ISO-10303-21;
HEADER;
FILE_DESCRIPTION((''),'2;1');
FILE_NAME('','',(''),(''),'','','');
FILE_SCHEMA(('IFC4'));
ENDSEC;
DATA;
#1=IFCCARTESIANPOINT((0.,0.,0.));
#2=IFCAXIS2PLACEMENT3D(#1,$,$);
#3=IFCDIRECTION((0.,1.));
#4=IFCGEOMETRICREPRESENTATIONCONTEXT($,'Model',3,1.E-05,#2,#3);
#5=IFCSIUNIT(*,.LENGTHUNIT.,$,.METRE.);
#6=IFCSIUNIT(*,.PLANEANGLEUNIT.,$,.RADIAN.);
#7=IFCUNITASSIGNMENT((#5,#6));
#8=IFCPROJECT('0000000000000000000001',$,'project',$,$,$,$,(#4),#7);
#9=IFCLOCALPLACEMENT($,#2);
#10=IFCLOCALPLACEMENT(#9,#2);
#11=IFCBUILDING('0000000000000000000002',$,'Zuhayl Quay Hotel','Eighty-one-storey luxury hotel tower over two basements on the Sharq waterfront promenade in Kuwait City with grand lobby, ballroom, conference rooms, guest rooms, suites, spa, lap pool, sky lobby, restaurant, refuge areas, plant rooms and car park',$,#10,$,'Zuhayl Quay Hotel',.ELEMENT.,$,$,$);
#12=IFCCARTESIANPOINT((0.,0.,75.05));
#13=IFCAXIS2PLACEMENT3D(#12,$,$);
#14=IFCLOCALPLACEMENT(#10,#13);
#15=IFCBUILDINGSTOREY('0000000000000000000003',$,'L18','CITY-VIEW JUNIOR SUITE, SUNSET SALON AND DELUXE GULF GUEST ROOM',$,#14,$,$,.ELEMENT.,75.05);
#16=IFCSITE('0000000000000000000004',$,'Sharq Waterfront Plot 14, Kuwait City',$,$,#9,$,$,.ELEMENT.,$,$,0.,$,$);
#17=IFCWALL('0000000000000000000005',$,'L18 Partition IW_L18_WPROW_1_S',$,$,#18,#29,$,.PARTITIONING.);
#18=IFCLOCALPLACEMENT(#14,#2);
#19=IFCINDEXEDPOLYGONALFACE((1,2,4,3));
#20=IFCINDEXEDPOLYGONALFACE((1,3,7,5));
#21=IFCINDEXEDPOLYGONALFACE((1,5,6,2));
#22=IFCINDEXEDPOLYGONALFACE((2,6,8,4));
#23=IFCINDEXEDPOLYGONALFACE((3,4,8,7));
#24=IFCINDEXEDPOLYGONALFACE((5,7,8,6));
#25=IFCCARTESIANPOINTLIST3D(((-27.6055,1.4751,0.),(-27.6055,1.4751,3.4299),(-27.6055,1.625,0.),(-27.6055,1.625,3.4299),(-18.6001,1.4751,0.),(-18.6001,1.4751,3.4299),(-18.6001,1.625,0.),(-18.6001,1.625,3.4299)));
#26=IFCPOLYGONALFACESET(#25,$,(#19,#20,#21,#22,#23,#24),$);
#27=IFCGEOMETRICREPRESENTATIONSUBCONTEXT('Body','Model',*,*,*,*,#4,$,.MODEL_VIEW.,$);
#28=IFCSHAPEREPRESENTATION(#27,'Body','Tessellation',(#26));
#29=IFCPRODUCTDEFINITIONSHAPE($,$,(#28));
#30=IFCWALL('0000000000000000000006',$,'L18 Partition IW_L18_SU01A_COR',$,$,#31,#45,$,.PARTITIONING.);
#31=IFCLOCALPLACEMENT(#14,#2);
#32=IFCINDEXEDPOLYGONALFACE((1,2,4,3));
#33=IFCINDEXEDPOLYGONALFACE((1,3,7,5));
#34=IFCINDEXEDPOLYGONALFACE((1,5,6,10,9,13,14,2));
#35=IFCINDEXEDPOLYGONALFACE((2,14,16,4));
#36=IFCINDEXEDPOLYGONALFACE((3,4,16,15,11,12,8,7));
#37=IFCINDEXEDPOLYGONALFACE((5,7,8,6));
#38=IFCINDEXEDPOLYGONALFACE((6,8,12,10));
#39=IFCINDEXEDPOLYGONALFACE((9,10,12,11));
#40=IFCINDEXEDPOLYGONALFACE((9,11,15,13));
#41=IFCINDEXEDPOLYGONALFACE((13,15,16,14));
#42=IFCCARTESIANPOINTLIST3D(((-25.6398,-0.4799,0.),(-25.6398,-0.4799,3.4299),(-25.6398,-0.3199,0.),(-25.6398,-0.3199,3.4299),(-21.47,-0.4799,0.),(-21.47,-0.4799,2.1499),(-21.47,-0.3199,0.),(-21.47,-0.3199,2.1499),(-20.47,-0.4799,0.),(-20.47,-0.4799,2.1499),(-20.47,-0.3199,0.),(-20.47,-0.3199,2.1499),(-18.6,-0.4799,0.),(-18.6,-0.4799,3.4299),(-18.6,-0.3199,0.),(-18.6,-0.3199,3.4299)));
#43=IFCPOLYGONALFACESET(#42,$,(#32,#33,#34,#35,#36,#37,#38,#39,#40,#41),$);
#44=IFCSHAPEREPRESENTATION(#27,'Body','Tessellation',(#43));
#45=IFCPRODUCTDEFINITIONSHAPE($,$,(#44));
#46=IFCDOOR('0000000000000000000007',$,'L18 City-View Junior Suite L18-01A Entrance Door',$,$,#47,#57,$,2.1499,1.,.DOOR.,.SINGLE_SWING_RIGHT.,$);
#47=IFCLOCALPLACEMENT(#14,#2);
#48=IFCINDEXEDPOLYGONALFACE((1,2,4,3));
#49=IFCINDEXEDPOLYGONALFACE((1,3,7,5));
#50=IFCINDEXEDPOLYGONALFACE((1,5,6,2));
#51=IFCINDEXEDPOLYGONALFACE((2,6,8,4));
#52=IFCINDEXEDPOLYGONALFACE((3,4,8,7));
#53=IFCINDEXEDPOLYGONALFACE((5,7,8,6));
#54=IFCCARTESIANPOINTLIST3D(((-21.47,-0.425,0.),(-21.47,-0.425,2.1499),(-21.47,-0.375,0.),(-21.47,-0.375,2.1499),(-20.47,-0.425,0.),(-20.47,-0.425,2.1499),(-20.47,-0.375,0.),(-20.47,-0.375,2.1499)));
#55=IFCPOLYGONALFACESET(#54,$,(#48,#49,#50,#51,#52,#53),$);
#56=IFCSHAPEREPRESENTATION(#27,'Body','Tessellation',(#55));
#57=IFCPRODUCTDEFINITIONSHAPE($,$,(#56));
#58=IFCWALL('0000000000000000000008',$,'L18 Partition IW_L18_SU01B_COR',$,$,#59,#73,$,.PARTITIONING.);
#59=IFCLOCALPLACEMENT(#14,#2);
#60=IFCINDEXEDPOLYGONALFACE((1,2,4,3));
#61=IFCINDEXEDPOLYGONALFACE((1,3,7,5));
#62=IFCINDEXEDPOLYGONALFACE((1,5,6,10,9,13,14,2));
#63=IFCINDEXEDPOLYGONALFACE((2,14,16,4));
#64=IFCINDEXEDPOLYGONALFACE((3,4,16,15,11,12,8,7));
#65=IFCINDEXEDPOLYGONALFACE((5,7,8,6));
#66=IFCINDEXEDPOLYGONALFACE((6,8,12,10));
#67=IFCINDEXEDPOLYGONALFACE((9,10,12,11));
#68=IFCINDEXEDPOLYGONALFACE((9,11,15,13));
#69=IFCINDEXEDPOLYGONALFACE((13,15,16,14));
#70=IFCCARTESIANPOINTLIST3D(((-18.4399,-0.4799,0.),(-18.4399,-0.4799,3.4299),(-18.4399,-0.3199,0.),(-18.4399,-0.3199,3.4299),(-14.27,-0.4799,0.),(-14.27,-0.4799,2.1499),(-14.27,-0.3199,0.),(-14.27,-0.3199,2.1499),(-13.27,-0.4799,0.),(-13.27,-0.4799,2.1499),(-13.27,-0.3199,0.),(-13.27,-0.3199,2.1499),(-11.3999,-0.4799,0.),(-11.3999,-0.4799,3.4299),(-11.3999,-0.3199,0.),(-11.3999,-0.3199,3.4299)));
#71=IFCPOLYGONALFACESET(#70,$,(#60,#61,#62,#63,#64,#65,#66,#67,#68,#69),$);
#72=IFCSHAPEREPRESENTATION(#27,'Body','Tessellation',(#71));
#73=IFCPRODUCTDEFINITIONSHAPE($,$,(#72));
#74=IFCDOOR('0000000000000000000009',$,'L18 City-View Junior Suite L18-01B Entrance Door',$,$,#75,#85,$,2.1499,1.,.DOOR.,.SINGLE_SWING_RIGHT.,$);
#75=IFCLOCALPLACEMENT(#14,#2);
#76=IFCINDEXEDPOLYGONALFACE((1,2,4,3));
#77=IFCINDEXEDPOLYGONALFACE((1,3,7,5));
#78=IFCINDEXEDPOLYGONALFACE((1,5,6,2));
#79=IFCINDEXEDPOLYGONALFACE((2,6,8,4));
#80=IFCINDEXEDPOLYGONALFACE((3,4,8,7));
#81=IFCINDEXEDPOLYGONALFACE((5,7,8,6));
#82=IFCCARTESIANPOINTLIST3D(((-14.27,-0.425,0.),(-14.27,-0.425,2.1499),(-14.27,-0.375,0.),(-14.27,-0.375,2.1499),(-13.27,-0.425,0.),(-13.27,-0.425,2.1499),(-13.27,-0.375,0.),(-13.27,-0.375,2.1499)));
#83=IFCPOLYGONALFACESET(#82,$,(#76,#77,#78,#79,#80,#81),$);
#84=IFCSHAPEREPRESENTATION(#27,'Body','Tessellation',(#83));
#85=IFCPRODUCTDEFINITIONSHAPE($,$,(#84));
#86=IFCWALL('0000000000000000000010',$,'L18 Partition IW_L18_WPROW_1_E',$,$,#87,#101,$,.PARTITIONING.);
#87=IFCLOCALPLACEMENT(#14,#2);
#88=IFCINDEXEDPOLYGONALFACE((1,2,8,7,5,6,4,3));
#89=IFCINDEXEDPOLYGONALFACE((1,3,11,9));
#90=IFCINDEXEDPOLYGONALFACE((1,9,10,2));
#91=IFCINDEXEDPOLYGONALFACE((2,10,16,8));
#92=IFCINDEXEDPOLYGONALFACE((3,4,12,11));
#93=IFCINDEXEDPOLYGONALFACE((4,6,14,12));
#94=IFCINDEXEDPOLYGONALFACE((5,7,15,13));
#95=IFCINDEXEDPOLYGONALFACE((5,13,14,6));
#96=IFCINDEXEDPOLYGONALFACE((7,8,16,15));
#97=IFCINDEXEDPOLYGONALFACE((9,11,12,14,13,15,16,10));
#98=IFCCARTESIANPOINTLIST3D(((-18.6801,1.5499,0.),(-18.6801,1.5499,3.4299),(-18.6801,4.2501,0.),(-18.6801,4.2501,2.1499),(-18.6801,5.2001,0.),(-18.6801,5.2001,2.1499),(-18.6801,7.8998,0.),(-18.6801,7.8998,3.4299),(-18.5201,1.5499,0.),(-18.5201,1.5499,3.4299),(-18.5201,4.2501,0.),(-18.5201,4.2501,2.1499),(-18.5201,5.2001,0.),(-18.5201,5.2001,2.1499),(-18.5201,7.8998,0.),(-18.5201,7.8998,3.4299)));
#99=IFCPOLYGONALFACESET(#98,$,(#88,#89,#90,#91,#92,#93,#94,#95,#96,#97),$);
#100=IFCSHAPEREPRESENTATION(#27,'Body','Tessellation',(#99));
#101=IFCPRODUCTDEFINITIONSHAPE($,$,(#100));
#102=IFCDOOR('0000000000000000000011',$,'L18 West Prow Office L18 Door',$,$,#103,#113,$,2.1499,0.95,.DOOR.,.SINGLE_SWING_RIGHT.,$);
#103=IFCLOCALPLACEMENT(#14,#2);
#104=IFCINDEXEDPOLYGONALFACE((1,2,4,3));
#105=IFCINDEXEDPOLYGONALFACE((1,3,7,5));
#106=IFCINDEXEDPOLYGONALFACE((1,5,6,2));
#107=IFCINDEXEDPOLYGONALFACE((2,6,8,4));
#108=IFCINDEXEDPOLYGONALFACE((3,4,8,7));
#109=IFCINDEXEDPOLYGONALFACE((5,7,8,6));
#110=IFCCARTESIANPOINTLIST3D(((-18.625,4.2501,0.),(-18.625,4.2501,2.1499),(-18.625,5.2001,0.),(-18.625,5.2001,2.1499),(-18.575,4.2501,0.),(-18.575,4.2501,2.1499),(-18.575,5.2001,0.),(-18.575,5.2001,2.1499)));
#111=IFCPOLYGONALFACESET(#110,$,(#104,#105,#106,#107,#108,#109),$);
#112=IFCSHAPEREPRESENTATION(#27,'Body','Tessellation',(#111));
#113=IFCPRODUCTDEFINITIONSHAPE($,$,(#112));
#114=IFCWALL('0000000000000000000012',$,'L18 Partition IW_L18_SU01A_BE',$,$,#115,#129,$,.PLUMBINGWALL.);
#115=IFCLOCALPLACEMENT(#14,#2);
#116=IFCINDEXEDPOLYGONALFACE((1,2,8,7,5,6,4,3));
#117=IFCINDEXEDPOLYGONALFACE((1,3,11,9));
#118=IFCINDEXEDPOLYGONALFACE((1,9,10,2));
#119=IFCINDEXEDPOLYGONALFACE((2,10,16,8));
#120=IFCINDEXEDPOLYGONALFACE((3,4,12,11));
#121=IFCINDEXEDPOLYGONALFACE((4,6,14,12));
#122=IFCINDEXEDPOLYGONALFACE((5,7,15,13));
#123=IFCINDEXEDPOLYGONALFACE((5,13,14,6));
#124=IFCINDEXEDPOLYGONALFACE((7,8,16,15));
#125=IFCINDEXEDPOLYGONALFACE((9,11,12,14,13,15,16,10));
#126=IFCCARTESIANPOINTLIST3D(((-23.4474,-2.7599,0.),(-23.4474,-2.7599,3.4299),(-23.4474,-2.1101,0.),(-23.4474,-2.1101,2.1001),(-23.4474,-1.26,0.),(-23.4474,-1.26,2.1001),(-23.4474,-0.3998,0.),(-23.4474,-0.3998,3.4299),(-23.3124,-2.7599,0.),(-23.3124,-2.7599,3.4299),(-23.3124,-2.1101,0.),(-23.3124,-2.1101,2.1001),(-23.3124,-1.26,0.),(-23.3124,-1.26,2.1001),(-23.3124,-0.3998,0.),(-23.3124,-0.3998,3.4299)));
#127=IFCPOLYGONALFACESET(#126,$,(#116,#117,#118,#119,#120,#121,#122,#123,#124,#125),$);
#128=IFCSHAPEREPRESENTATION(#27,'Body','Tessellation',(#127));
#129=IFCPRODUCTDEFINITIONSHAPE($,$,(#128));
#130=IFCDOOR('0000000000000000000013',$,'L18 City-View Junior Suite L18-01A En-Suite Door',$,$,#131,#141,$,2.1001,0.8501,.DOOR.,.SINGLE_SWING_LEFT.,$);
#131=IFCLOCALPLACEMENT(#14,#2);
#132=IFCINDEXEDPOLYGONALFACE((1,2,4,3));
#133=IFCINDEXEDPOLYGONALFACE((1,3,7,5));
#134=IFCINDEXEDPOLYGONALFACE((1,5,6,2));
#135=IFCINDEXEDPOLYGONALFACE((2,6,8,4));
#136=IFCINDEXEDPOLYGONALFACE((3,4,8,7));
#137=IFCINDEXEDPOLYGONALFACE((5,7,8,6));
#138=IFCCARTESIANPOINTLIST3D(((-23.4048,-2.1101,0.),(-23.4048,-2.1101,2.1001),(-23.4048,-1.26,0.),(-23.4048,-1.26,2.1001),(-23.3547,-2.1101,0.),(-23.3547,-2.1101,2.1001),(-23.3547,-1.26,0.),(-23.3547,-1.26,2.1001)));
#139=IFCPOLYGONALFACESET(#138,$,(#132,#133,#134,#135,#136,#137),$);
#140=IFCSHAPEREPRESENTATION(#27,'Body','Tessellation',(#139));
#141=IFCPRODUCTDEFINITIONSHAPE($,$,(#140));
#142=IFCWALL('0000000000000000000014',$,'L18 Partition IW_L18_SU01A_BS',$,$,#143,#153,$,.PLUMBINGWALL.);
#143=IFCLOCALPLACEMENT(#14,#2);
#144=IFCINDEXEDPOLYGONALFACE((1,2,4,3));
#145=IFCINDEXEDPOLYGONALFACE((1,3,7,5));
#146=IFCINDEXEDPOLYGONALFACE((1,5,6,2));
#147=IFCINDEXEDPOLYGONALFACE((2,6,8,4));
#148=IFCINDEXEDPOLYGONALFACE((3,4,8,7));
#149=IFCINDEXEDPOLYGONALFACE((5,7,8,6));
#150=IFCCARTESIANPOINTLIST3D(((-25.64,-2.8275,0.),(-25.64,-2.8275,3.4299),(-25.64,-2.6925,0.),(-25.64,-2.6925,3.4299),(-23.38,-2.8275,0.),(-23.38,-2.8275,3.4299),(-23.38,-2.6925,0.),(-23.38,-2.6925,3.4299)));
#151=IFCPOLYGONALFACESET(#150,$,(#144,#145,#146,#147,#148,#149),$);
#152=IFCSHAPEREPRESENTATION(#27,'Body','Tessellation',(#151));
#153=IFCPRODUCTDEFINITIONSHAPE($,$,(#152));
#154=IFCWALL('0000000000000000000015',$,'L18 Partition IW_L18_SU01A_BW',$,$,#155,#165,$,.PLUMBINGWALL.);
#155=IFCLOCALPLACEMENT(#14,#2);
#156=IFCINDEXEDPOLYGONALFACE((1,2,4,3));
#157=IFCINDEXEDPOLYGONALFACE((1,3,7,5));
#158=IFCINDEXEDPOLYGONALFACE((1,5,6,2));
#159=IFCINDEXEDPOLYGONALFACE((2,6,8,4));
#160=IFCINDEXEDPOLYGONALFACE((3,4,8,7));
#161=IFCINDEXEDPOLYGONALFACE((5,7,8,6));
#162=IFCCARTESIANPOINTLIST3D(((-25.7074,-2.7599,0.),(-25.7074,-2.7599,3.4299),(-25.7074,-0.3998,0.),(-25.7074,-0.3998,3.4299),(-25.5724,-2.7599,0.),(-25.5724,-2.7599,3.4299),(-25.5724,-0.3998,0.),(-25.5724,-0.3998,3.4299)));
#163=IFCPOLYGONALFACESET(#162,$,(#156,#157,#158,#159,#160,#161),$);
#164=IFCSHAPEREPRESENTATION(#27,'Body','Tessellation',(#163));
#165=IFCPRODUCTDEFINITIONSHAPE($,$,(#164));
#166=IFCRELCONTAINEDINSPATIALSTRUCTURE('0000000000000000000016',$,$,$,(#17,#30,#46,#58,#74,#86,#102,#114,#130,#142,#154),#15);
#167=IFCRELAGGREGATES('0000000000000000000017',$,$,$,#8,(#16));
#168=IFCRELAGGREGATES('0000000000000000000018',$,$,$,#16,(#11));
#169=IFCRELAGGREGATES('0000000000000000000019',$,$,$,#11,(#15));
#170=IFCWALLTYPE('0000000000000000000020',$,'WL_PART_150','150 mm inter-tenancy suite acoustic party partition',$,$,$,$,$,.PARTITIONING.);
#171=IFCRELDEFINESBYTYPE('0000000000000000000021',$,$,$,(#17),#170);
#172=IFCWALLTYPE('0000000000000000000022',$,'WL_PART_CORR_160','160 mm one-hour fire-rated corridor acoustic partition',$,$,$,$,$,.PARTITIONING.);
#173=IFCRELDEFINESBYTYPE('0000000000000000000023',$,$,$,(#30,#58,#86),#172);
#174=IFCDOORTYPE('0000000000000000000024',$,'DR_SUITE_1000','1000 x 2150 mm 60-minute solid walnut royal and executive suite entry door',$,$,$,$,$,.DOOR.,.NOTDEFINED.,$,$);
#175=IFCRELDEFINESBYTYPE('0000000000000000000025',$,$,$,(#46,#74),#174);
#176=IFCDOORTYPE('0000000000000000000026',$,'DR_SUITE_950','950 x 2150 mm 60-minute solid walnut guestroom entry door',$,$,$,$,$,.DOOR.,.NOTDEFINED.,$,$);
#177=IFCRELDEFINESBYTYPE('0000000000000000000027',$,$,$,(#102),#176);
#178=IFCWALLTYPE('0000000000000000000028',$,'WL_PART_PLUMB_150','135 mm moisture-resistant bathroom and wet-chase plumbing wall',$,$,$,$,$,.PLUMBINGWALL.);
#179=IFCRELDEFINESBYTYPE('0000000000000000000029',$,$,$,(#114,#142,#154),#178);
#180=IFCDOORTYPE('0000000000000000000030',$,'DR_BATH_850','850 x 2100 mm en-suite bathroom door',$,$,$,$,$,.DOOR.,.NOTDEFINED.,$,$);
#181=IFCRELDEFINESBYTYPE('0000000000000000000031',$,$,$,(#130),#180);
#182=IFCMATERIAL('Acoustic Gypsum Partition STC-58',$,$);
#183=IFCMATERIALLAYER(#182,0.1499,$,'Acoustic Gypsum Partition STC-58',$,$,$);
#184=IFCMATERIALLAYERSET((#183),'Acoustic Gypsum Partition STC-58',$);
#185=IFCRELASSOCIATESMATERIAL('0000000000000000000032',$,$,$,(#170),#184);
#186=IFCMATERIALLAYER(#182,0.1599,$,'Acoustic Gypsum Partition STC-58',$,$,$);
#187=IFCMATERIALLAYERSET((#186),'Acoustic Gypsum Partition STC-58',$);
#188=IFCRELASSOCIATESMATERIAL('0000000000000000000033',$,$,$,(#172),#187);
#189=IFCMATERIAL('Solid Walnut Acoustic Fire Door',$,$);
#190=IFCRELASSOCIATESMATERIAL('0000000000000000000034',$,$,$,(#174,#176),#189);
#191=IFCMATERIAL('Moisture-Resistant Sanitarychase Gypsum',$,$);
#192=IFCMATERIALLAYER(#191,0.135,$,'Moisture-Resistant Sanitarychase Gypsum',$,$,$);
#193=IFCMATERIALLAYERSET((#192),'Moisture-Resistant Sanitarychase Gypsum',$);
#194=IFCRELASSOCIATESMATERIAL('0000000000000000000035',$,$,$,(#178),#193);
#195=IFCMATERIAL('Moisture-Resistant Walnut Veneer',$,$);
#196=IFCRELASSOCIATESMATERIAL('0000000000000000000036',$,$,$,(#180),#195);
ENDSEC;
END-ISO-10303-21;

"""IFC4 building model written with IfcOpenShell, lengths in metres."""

from ifc_helpers import new_model, si_unit, direction, frame, frame_2d, origin, place, context, subcontext, project, spatial, rectangle, extrude, material, layer, layer_set, type_object, element, fill, save


model = new_model("IFC4")

# Units and contexts
model_context = context("Model", 3, precision=1e-05, world=origin(), true_north=direction((0.0, 1.0)))
body_context = subcontext(model_context, "Body", "Model", "MODEL_VIEW")
ifc_project = project(units=[si_unit("LENGTHUNIT", "METRE"), si_unit("PLANEANGLEUNIT", "RADIAN")], contexts=[model_context])

# Site, building, storey
site_placement = place(None, origin())
site = spatial("IfcSite", under=ifc_project, at=site_placement, Name="Sharq Waterfront Plot 14, Kuwait City", CompositionType="ELEMENT", RefElevation=0.0)
building_placement = place(site_placement, origin())
building = spatial("IfcBuilding", under=site, at=building_placement, Name="Zuhayl Quay Hotel", Description="Eighty-one-storey luxury hotel tower over two basements on the Sharq waterfront promenade in Kuwait City with grand lobby, ballroom, conference rooms, guest rooms, suites, spa, lap pool, sky lobby, restaurant, refuge areas, plant rooms and car park", LongName="Zuhayl Quay Hotel", CompositionType="ELEMENT")
storey_placement = place(building_placement, frame((0.0, 0.0, 75.05)))
storey = spatial("IfcBuildingStorey", under=building, at=storey_placement, Name="L18", Description="CITY-VIEW JUNIOR SUITE, SUNSET SALON AND DELUXE GULF GUEST ROOM", CompositionType="ELEMENT", Elevation=75.05)

# Wall
ifc_material_1 = material(Name="Acoustic Gypsum Partition STC-58")
ifc_layer_1 = layer(ifc_material_1, 0.1499, Name="Acoustic Gypsum Partition STC-58")
ifc_layer_set_1 = layer_set([ifc_layer_1], Name="Acoustic Gypsum Partition STC-58")
wall_type_1 = type_object("IfcWallType", Name="WL_PART_150", Description="150 mm inter-tenancy suite acoustic party partition", PredefinedType="PARTITIONING", material=ifc_layer_set_1)
wall_1_placement = place(storey_placement, frame((-27.6055, 1.55, 0.0), z_axis=(0.0, 0.0, 1.0), x_axis=(1.0, 0.0, 0.0)))
element("IfcWall", 1, at=wall_1_placement, inside=storey, type_object=wall_type_1, Name="L18 Partition IW_L18_WPROW_1_S", PredefinedType="PARTITIONING", context=body_context, shape_type="SweptSolid", body=[
    extrude(rectangle(XDim=9.0054, YDim=0.1499, at=frame_2d((4.5027, 0.0))), origin(), (0.0, 0.0, 1.0), 3.4299),
])

# Walls, openings, doors
ifc_layer_2 = layer(ifc_material_1, 0.1599, Name="Acoustic Gypsum Partition STC-58")
ifc_layer_set_2 = layer_set([ifc_layer_2], Name="Acoustic Gypsum Partition STC-58")
wall_type_2 = type_object("IfcWallType", Name="WL_PART_CORR_160", Description="160 mm one-hour fire-rated corridor acoustic partition", PredefinedType="PARTITIONING", material=ifc_layer_set_2)
wall_2_placement = place(storey_placement, frame((-25.6399, -0.3999, 0.0), z_axis=(0.0, 0.0, 1.0), x_axis=(1.0, 0.0, 0.0)))
wall_2 = element("IfcWall", 2, at=wall_2_placement, inside=storey, type_object=wall_type_2, Name="L18 Partition IW_L18_SU01A_COR", PredefinedType="PARTITIONING", context=body_context, shape_type="SweptSolid", body=[
    extrude(rectangle(XDim=7.0398, YDim=0.1599, at=frame_2d((3.52, 0.0))), origin(), (0.0, 0.0, 1.0), 3.4299),
])
opening_1_placement = place(wall_2_placement, frame((4.1699, 0.0, 0.0)))
opening_1 = element("IfcOpeningElement", 3, at=opening_1_placement, cuts=wall_2, PredefinedType="OPENING", context=body_context, shape_type="SweptSolid", body=[
    extrude(rectangle(XDim=1.0, YDim=2.1499, at=frame_2d((0.5, 1.075))), frame((0.0, 0.0898, 0.0), z_axis=(0.0, -1.0, 0.0), x_axis=(1.0, 0.0, 0.0)), (0.0, 0.0, 1.0), 0.1799),
])
ifc_material_2 = material(Name="Solid Walnut Acoustic Fire Door")
door_type_1 = type_object("IfcDoorType", Name="DR_SUITE_1000", Description="1000 x 2150 mm 60-minute solid walnut royal and executive suite entry door", OperationType="NOTDEFINED", PredefinedType="DOOR", material=ifc_material_2)
door_1_placement = place(opening_1_placement, origin())
door_1 = element("IfcDoor", 4, at=door_1_placement, inside=storey, type_object=door_type_1, Name="L18 City-View Junior Suite L18-01A Entrance Door", OperationType="SINGLE_SWING_RIGHT", OverallHeight=2.1499, OverallWidth=1.0, PredefinedType="DOOR", context=body_context, shape_type="SweptSolid", body=[
    extrude(rectangle(XDim=1.0, YDim=2.1499, at=frame_2d((0.5, 1.075))), frame((0.0, 0.0249, 0.0), z_axis=(0.0, -1.0, 0.0), x_axis=(1.0, 0.0, 0.0)), (0.0, 0.0, 1.0), 0.05),
])
fill(opening_1, door_1)
wall_3_placement = place(storey_placement, frame((-18.4399, -0.3999, 0.0), z_axis=(0.0, 0.0, 1.0), x_axis=(1.0, 0.0, 0.0)))
wall_3 = element("IfcWall", 5, at=wall_3_placement, inside=storey, type_object=wall_type_2, Name="L18 Partition IW_L18_SU01B_COR", PredefinedType="PARTITIONING", context=body_context, shape_type="SweptSolid", body=[
    extrude(rectangle(XDim=7.04, YDim=0.1599, at=frame_2d((3.52, 0.0))), origin(), (0.0, 0.0, 1.0), 3.4299),
])
opening_2_placement = place(wall_3_placement, frame((4.1699, 0.0, 0.0)))
opening_2 = element("IfcOpeningElement", 6, at=opening_2_placement, cuts=wall_3, PredefinedType="OPENING", context=body_context, shape_type="SweptSolid", body=[
    extrude(rectangle(XDim=1.0, YDim=2.1499, at=frame_2d((0.5, 1.075))), frame((0.0, 0.0898, 0.0), z_axis=(0.0, -1.0, 0.0), x_axis=(1.0, 0.0, 0.0)), (0.0, 0.0, 1.0), 0.1799),
])
door_2_placement = place(opening_2_placement, origin())
door_2 = element("IfcDoor", 7, at=door_2_placement, inside=storey, type_object=door_type_1, Name="L18 City-View Junior Suite L18-01B Entrance Door", OperationType="SINGLE_SWING_RIGHT", OverallHeight=2.1499, OverallWidth=1.0, PredefinedType="DOOR", context=body_context, shape_type="SweptSolid", body=[
    extrude(rectangle(XDim=1.0, YDim=2.1499, at=frame_2d((0.5, 1.075))), frame((0.0, 0.0249, 0.0), z_axis=(0.0, -1.0, 0.0), x_axis=(1.0, 0.0, 0.0)), (0.0, 0.0, 1.0), 0.05),
])
fill(opening_2, door_2)
wall_4_placement = place(storey_placement, frame((-18.6001, 1.55, 0.0), z_axis=(0.0, 0.0, 1.0), x_axis=(0.0, 1.0, 0.0)))
wall_4 = element("IfcWall", 8, at=wall_4_placement, inside=storey, type_object=wall_type_2, Name="L18 Partition IW_L18_WPROW_1_E", PredefinedType="PARTITIONING", context=body_context, shape_type="SweptSolid", body=[
    extrude(rectangle(XDim=6.3499, YDim=0.1599, at=frame_2d((3.1748, 0.0))), origin(), (0.0, 0.0, 1.0), 3.4299),
])
opening_3_placement = place(wall_4_placement, frame((2.7, 0.0, 0.0)))
opening_3 = element("IfcOpeningElement", 9, at=opening_3_placement, cuts=wall_4, PredefinedType="OPENING", context=body_context, shape_type="SweptSolid", body=[
    extrude(rectangle(XDim=0.95, YDim=2.1499, at=frame_2d((0.4751, 1.075))), frame((0.0, 0.0898, 0.0), z_axis=(0.0, -1.0, 0.0), x_axis=(1.0, 0.0, 0.0)), (0.0, 0.0, 1.0), 0.1799),
])
door_type_2 = type_object("IfcDoorType", Name="DR_SUITE_950", Description="950 x 2150 mm 60-minute solid walnut guestroom entry door", OperationType="NOTDEFINED", PredefinedType="DOOR", material=ifc_material_2)
door_3_placement = place(opening_3_placement, origin())
door_3 = element("IfcDoor", 10, at=door_3_placement, inside=storey, type_object=door_type_2, Name="L18 West Prow Office L18 Door", OperationType="SINGLE_SWING_RIGHT", OverallHeight=2.1499, OverallWidth=0.95, PredefinedType="DOOR", context=body_context, shape_type="SweptSolid", body=[
    extrude(rectangle(XDim=0.95, YDim=2.1499, at=frame_2d((0.4751, 1.075))), frame((0.0, 0.0249, 0.0), z_axis=(0.0, -1.0, 0.0), x_axis=(1.0, 0.0, 0.0)), (0.0, 0.0, 1.0), 0.05),
])
fill(opening_3, door_3)
ifc_material_3 = material(Name="Moisture-Resistant Sanitarychase Gypsum")
ifc_layer_3 = layer(ifc_material_3, 0.135, Name="Moisture-Resistant Sanitarychase Gypsum")
ifc_layer_set_3 = layer_set([ifc_layer_3], Name="Moisture-Resistant Sanitarychase Gypsum")
wall_type_3 = type_object("IfcWallType", Name="WL_PART_PLUMB_150", Description="135 mm moisture-resistant bathroom and wet-chase plumbing wall", PredefinedType="PLUMBINGWALL", material=ifc_layer_set_3)
wall_5_placement = place(storey_placement, frame((-23.3799, -2.76, 0.0), z_axis=(0.0, 0.0, 1.0), x_axis=(0.0, 1.0, 0.0)))
wall_5 = element("IfcWall", 11, at=wall_5_placement, inside=storey, type_object=wall_type_3, Name="L18 Partition IW_L18_SU01A_BE", PredefinedType="PLUMBINGWALL", context=body_context, shape_type="SweptSolid", body=[
    extrude(rectangle(XDim=2.3601, YDim=0.135, at=frame_2d((1.1802, 0.0))), origin(), (0.0, 0.0, 1.0), 3.4299),
])
opening_4_placement = place(wall_5_placement, frame((0.6499, 0.0, 0.0)))
opening_4 = element("IfcOpeningElement", 12, at=opening_4_placement, cuts=wall_5, PredefinedType="OPENING", context=body_context, shape_type="SweptSolid", body=[
    extrude(rectangle(XDim=0.8501, YDim=2.1001, at=frame_2d((0.425, 1.05))), frame((0.0, 0.0774, 0.0), z_axis=(0.0, -1.0, 0.0), x_axis=(1.0, 0.0, 0.0)), (0.0, 0.0, 1.0), 0.155),
])
ifc_material_4 = material(Name="Moisture-Resistant Walnut Veneer")
door_type_3 = type_object("IfcDoorType", Name="DR_BATH_850", Description="850 x 2100 mm en-suite bathroom door", OperationType="NOTDEFINED", PredefinedType="DOOR", material=ifc_material_4)
door_4_placement = place(opening_4_placement, origin())
door_4 = element("IfcDoor", 13, at=door_4_placement, inside=storey, type_object=door_type_3, Name="L18 City-View Junior Suite L18-01A En-Suite Door", OperationType="SINGLE_SWING_LEFT", OverallHeight=2.1001, OverallWidth=0.8501, PredefinedType="DOOR", context=body_context, shape_type="SweptSolid", body=[
    extrude(rectangle(XDim=0.8501, YDim=2.1001, at=frame_2d((0.425, 1.05))), frame((0.0, 0.0249, 0.0), z_axis=(0.0, -1.0, 0.0), x_axis=(1.0, 0.0, 0.0)), (0.0, 0.0, 1.0), 0.05),
])
fill(opening_4, door_4)

# Walls
wall_6_placement = place(storey_placement, frame((-25.6399, -2.76, 0.0), z_axis=(0.0, 0.0, 1.0), x_axis=(1.0, 0.0, 0.0)))
element("IfcWall", 14, at=wall_6_placement, inside=storey, type_object=wall_type_3, Name="L18 Partition IW_L18_SU01A_BS", PredefinedType="PLUMBINGWALL", context=body_context, shape_type="SweptSolid", body=[
    extrude(rectangle(XDim=2.26, YDim=0.135, at=frame_2d((1.1299, 0.0))), origin(), (0.0, 0.0, 1.0), 3.4299),
])
wall_7_placement = place(storey_placement, frame((-25.6399, -2.76, 0.0), z_axis=(0.0, 0.0, 1.0), x_axis=(0.0, 1.0, 0.0)))
element("IfcWall", 15, at=wall_7_placement, inside=storey, type_object=wall_type_3, Name="L18 Partition IW_L18_SU01A_BW", PredefinedType="PLUMBINGWALL", context=body_context, shape_type="SweptSolid", body=[
    extrude(rectangle(XDim=2.3601, YDim=0.135, at=frame_2d((1.1802, 0.0))), origin(), (0.0, 0.0, 1.0), 3.4299),
])

save(model, "model.ifc")
